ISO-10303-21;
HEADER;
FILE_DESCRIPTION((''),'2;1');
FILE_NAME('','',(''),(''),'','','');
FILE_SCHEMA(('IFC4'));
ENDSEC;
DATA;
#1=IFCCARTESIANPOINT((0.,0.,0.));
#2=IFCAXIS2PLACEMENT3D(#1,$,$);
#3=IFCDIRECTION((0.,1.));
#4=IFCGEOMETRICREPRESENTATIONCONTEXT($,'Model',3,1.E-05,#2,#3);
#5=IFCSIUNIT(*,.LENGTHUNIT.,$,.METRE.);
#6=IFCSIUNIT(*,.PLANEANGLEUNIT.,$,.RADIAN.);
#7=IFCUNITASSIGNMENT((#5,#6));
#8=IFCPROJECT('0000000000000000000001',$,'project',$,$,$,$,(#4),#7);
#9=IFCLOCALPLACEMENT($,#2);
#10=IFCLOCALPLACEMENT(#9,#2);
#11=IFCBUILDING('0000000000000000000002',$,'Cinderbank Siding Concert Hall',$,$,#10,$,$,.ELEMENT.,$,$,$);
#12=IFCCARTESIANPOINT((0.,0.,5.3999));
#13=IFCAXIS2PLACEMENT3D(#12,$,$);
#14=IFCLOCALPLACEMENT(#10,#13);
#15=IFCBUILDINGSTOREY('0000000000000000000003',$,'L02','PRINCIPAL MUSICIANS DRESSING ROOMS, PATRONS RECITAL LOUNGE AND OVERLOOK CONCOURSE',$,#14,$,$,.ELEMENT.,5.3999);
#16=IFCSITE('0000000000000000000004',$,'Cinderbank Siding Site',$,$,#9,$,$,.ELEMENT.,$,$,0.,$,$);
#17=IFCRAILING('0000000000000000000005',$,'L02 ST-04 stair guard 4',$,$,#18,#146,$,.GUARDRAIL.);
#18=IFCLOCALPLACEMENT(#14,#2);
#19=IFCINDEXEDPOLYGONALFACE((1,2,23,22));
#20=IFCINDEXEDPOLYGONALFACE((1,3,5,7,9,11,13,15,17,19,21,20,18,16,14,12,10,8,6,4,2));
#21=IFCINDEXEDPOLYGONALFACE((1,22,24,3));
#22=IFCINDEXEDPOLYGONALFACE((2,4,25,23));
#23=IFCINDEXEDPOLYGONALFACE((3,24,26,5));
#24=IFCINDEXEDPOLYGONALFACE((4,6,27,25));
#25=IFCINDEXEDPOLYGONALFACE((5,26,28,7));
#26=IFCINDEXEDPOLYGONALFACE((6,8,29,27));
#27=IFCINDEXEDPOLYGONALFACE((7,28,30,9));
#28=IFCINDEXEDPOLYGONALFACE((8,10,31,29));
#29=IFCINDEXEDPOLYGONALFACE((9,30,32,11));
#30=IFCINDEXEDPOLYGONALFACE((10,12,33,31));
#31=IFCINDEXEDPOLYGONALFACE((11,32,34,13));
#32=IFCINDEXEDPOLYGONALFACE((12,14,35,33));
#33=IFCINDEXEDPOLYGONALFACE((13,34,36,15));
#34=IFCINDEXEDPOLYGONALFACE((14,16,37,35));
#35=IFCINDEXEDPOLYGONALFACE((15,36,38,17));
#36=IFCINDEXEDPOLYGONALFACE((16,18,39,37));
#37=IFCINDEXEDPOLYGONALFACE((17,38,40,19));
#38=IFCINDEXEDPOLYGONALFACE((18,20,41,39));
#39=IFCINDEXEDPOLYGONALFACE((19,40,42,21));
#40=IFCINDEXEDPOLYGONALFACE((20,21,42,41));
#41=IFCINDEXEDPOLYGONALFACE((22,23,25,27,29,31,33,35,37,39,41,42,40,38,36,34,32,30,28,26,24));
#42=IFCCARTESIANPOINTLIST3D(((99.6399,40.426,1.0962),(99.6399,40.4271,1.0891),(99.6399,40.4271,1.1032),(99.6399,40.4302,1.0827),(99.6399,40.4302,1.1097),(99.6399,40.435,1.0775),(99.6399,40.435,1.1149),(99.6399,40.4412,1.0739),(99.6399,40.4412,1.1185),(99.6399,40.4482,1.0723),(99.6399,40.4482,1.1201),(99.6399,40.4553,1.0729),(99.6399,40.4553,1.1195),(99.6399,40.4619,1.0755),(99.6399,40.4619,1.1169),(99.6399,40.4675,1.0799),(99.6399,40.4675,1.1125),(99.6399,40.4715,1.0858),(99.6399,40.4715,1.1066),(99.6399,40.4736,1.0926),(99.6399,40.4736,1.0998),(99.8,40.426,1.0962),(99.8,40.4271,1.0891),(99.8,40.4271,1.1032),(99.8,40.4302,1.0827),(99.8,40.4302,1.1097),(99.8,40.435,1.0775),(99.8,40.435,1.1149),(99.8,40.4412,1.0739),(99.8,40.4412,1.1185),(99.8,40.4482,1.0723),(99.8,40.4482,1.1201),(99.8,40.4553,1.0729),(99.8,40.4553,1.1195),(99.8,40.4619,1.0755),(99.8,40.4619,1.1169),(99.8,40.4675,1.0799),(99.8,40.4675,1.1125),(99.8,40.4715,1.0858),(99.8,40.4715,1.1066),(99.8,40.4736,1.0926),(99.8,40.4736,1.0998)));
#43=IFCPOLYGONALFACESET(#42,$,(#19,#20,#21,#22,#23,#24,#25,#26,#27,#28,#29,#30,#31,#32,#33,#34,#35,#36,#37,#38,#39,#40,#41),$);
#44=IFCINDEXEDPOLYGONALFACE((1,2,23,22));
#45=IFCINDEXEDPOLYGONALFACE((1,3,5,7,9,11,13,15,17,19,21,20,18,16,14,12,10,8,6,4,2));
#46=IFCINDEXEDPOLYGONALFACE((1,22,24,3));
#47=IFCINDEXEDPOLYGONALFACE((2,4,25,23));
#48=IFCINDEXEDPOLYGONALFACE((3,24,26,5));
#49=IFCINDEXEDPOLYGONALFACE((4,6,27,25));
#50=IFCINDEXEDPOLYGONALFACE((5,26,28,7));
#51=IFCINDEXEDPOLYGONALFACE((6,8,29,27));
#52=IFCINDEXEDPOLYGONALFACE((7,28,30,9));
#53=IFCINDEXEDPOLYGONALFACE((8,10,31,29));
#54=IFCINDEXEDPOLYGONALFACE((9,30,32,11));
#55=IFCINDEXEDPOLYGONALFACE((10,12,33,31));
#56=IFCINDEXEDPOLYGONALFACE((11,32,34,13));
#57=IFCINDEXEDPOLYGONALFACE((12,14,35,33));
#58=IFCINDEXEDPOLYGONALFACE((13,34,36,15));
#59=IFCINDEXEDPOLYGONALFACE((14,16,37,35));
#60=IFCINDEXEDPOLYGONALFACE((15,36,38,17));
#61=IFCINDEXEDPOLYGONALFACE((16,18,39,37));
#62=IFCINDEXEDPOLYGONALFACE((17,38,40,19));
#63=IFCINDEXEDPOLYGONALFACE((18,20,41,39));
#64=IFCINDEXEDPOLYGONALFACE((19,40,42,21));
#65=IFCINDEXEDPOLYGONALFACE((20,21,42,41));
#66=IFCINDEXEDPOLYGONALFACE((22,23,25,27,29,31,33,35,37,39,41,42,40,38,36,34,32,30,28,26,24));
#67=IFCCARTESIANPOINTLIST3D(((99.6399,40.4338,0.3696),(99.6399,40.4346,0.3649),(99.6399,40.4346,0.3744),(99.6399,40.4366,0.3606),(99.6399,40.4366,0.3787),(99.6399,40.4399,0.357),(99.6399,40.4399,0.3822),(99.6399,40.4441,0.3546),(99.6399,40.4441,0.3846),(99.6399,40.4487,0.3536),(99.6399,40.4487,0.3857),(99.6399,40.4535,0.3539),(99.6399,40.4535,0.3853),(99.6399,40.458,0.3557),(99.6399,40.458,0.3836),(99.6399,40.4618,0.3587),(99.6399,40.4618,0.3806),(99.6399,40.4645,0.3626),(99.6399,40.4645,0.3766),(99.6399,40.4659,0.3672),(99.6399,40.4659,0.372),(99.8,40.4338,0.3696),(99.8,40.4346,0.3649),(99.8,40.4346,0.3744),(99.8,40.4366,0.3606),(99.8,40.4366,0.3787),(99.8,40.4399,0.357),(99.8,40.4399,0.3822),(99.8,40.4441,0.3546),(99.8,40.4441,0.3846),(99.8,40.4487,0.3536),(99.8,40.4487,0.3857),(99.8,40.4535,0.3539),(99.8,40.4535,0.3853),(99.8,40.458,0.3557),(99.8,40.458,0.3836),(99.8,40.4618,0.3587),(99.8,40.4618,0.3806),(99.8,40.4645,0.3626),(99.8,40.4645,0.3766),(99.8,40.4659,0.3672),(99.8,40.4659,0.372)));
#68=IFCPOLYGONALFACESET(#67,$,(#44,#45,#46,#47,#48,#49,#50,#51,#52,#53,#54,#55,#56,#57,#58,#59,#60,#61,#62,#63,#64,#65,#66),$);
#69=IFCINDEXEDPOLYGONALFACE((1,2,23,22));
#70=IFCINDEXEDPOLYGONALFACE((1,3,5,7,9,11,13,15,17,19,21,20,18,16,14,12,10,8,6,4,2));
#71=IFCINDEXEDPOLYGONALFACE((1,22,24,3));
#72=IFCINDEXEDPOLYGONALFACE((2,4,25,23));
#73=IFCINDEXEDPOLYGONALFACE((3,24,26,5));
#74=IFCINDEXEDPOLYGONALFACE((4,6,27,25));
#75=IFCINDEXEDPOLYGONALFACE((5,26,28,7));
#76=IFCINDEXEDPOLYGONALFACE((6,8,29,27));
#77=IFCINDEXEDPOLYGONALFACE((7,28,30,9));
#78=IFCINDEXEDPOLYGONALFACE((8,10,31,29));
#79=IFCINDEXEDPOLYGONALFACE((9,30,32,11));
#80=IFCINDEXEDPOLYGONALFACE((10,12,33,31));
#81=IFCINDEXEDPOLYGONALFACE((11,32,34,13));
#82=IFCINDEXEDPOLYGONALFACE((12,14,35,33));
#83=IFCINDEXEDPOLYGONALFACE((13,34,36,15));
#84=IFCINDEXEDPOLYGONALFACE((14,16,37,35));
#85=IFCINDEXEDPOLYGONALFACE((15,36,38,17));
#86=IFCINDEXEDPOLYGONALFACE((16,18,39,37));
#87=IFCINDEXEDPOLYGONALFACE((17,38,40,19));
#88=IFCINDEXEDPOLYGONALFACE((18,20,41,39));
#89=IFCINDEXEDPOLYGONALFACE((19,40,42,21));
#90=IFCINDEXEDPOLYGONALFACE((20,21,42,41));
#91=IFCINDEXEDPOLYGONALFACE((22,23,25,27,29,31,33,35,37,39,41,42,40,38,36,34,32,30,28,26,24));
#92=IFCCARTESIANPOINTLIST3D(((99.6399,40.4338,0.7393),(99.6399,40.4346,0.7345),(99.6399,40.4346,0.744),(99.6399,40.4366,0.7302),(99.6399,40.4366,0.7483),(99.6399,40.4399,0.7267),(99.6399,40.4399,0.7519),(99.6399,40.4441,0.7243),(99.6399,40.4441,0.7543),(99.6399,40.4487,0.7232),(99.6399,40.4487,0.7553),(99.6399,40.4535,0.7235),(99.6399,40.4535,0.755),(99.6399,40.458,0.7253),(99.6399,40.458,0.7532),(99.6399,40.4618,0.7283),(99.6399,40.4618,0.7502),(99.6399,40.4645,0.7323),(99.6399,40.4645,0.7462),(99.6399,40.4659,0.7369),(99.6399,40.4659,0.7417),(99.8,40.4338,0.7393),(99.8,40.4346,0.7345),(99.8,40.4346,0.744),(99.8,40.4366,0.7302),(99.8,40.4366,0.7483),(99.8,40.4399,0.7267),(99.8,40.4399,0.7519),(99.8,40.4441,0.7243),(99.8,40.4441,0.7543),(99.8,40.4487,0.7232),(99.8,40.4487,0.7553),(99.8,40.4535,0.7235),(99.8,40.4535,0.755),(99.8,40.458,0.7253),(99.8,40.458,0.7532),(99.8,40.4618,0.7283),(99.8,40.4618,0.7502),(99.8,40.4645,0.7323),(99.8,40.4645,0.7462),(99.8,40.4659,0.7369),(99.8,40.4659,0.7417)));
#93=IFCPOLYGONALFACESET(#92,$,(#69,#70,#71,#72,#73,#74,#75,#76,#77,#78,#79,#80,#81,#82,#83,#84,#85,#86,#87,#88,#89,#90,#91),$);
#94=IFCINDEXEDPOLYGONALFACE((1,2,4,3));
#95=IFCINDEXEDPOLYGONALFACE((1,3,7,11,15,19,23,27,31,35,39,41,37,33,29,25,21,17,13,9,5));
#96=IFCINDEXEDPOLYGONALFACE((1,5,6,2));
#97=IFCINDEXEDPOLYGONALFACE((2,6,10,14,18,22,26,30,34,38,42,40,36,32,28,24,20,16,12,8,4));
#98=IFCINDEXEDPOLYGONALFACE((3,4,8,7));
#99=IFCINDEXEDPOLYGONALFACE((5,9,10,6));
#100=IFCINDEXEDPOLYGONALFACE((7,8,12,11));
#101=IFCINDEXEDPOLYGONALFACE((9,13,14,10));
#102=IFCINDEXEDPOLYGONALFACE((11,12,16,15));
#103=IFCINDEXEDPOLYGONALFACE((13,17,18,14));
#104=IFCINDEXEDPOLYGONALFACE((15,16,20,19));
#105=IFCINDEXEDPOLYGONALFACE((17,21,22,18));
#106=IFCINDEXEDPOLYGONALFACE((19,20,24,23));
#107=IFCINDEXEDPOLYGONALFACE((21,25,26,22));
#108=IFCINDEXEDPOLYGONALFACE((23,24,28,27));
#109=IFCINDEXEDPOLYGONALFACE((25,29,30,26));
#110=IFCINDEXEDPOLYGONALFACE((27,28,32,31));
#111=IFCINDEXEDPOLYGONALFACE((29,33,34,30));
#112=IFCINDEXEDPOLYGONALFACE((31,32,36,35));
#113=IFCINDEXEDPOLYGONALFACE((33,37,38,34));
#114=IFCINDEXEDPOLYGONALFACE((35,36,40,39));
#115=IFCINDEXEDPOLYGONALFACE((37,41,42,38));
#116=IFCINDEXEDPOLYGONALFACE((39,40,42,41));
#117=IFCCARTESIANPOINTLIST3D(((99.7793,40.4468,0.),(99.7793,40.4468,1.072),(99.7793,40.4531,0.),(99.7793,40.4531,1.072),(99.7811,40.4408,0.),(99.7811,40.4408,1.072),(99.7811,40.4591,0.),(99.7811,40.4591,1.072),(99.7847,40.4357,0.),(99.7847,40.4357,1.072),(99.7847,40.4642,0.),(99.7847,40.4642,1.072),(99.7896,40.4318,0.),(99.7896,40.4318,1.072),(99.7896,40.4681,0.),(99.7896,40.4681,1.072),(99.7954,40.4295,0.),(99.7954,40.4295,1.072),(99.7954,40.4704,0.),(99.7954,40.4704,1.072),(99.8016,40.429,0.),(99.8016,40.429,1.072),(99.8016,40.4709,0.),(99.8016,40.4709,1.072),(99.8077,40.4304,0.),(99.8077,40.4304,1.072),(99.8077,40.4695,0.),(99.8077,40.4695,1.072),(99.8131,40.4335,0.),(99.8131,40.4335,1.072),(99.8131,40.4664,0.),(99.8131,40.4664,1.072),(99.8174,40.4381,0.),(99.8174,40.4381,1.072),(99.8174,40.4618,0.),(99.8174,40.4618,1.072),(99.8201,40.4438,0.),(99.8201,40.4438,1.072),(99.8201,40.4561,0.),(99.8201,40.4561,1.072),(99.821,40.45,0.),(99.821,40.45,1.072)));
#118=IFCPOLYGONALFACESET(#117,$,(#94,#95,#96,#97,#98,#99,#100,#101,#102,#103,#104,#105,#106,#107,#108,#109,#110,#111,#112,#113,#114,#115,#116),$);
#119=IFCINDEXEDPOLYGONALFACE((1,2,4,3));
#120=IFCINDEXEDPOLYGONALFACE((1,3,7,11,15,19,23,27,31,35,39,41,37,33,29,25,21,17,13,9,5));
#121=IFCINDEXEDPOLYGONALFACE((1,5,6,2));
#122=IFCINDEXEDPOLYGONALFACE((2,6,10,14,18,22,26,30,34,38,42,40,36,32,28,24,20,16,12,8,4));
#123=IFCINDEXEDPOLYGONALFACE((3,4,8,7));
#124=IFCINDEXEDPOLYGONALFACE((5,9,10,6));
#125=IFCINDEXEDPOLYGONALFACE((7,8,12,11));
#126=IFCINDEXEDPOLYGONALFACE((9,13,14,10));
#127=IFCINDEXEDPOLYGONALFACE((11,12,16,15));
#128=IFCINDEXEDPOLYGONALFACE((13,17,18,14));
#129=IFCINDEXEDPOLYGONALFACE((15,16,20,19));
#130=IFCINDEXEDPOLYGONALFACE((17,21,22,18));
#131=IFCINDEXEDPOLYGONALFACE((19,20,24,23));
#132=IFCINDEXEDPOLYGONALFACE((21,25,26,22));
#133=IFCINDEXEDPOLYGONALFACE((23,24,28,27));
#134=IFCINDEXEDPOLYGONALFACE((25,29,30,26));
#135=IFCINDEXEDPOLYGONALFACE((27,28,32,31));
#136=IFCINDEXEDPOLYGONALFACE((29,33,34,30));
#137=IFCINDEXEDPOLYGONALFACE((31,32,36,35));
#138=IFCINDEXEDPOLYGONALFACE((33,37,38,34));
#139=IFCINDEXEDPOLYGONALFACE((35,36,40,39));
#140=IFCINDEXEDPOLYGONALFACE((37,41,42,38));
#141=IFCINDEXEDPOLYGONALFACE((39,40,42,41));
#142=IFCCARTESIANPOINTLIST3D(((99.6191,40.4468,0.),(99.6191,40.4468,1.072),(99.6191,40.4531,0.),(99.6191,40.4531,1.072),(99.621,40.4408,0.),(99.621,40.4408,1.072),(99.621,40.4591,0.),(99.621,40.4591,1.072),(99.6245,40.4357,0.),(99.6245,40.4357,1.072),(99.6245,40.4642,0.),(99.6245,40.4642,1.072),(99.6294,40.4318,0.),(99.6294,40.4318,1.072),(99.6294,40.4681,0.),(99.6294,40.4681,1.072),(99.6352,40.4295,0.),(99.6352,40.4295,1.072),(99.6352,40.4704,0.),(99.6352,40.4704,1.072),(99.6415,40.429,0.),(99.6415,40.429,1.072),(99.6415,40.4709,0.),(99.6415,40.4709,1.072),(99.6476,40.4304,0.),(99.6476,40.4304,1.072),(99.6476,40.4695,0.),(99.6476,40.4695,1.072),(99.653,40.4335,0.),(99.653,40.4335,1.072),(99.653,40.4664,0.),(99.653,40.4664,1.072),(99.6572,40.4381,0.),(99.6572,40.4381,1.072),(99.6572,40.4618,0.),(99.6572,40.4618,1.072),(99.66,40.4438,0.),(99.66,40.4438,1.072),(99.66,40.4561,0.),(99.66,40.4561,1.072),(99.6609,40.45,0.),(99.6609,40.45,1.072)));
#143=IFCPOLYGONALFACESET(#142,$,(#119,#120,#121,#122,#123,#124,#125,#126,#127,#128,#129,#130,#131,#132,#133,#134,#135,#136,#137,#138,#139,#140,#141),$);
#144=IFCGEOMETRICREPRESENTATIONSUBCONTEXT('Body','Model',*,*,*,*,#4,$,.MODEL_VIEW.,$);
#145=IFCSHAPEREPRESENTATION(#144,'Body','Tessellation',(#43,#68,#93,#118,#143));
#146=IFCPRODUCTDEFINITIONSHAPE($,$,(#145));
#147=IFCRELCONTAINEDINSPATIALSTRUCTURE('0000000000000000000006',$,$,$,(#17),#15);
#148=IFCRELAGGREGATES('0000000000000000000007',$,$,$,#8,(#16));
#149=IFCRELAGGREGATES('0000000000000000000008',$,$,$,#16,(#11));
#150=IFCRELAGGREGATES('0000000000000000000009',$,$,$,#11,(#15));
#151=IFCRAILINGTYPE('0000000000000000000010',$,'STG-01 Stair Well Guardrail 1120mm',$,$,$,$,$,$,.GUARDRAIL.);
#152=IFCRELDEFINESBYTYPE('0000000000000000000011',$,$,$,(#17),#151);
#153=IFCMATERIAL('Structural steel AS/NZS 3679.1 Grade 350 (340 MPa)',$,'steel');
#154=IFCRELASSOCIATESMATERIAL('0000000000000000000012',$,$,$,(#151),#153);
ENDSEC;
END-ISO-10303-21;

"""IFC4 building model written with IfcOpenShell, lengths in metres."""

from ifc_helpers import new_model, si_unit, direction, frame, origin, origin_2d, place, context, subcontext, project, spatial, circle, extrude, material, type_object, element, save


model = new_model("IFC4")

# Units and contexts
model_context = context("Model", 3, precision=1e-05, world=origin(), true_north=direction((0.0, 1.0)))
body_context = subcontext(model_context, "Body", "Model", "MODEL_VIEW")
ifc_project = project(units=[si_unit("LENGTHUNIT", "METRE"), si_unit("PLANEANGLEUNIT", "RADIAN")], contexts=[model_context])

# Site, building, storey
site_placement = place(None, origin())
site = spatial("IfcSite", under=ifc_project, at=site_placement, Name="Cinderbank Siding Site", CompositionType="ELEMENT", RefElevation=0.0)
building_placement = place(site_placement, origin())
building = spatial("IfcBuilding", under=site, at=building_placement, Name="Cinderbank Siding Concert Hall", CompositionType="ELEMENT")
storey_placement = place(building_placement, frame((0.0, 0.0, 5.3999)))
storey = spatial("IfcBuildingStorey", under=building, at=storey_placement, Name="L02", Description="PRINCIPAL MUSICIANS DRESSING ROOMS, PATRONS RECITAL LOUNGE AND OVERLOOK CONCOURSE", CompositionType="ELEMENT", Elevation=5.3999)

# Shared definitions
ifc_material_1 = material(Name="Structural steel AS/NZS 3679.1 Grade 350 (340 MPa)", Category="steel")

# Railing
railing_type_1 = type_object("IfcRailingType", Name="STG-01 Stair Well Guardrail 1120mm", PredefinedType="GUARDRAIL", material=ifc_material_1)
railing_1_placement = place(storey_placement, frame((99.8, 40.45, 0.0)))
element("IfcRailing", 1, at=railing_1_placement, inside=storey, type_object=railing_type_1, Name="L02 ST-04 stair guard 4", PredefinedType="GUARDRAIL", context=body_context, shape_type="SweptSolid", body=[
    extrude(circle(Radius=0.0239, at=origin_2d()), frame((0.0, 0.0, 1.0962), z_axis=(-1.0, 0.0, 0.0), x_axis=(0.0, -1.0, 0.0)), (0.0, 0.0, 1.0), 0.1602),
    extrude(circle(Radius=0.0161, at=origin_2d()), frame((0.0, 0.0, 0.3696), z_axis=(-1.0, 0.0, 0.0), x_axis=(0.0, -1.0, 0.0)), (0.0, 0.0, 1.0), 0.1602),
    extrude(circle(Radius=0.0161, at=origin_2d()), frame((0.0, 0.0, 0.7393), z_axis=(-1.0, 0.0, 0.0), x_axis=(0.0, -1.0, 0.0)), (0.0, 0.0, 1.0), 0.1602),
    extrude(circle(Radius=0.021, at=origin_2d()), origin(), (0.0, 0.0, 1.0), 1.072),
    extrude(circle(Radius=0.021, at=origin_2d()), frame((-0.1602, 0.0, 0.0)), (0.0, 0.0, 1.0), 1.072),
])

save(model, "model.ifc")
